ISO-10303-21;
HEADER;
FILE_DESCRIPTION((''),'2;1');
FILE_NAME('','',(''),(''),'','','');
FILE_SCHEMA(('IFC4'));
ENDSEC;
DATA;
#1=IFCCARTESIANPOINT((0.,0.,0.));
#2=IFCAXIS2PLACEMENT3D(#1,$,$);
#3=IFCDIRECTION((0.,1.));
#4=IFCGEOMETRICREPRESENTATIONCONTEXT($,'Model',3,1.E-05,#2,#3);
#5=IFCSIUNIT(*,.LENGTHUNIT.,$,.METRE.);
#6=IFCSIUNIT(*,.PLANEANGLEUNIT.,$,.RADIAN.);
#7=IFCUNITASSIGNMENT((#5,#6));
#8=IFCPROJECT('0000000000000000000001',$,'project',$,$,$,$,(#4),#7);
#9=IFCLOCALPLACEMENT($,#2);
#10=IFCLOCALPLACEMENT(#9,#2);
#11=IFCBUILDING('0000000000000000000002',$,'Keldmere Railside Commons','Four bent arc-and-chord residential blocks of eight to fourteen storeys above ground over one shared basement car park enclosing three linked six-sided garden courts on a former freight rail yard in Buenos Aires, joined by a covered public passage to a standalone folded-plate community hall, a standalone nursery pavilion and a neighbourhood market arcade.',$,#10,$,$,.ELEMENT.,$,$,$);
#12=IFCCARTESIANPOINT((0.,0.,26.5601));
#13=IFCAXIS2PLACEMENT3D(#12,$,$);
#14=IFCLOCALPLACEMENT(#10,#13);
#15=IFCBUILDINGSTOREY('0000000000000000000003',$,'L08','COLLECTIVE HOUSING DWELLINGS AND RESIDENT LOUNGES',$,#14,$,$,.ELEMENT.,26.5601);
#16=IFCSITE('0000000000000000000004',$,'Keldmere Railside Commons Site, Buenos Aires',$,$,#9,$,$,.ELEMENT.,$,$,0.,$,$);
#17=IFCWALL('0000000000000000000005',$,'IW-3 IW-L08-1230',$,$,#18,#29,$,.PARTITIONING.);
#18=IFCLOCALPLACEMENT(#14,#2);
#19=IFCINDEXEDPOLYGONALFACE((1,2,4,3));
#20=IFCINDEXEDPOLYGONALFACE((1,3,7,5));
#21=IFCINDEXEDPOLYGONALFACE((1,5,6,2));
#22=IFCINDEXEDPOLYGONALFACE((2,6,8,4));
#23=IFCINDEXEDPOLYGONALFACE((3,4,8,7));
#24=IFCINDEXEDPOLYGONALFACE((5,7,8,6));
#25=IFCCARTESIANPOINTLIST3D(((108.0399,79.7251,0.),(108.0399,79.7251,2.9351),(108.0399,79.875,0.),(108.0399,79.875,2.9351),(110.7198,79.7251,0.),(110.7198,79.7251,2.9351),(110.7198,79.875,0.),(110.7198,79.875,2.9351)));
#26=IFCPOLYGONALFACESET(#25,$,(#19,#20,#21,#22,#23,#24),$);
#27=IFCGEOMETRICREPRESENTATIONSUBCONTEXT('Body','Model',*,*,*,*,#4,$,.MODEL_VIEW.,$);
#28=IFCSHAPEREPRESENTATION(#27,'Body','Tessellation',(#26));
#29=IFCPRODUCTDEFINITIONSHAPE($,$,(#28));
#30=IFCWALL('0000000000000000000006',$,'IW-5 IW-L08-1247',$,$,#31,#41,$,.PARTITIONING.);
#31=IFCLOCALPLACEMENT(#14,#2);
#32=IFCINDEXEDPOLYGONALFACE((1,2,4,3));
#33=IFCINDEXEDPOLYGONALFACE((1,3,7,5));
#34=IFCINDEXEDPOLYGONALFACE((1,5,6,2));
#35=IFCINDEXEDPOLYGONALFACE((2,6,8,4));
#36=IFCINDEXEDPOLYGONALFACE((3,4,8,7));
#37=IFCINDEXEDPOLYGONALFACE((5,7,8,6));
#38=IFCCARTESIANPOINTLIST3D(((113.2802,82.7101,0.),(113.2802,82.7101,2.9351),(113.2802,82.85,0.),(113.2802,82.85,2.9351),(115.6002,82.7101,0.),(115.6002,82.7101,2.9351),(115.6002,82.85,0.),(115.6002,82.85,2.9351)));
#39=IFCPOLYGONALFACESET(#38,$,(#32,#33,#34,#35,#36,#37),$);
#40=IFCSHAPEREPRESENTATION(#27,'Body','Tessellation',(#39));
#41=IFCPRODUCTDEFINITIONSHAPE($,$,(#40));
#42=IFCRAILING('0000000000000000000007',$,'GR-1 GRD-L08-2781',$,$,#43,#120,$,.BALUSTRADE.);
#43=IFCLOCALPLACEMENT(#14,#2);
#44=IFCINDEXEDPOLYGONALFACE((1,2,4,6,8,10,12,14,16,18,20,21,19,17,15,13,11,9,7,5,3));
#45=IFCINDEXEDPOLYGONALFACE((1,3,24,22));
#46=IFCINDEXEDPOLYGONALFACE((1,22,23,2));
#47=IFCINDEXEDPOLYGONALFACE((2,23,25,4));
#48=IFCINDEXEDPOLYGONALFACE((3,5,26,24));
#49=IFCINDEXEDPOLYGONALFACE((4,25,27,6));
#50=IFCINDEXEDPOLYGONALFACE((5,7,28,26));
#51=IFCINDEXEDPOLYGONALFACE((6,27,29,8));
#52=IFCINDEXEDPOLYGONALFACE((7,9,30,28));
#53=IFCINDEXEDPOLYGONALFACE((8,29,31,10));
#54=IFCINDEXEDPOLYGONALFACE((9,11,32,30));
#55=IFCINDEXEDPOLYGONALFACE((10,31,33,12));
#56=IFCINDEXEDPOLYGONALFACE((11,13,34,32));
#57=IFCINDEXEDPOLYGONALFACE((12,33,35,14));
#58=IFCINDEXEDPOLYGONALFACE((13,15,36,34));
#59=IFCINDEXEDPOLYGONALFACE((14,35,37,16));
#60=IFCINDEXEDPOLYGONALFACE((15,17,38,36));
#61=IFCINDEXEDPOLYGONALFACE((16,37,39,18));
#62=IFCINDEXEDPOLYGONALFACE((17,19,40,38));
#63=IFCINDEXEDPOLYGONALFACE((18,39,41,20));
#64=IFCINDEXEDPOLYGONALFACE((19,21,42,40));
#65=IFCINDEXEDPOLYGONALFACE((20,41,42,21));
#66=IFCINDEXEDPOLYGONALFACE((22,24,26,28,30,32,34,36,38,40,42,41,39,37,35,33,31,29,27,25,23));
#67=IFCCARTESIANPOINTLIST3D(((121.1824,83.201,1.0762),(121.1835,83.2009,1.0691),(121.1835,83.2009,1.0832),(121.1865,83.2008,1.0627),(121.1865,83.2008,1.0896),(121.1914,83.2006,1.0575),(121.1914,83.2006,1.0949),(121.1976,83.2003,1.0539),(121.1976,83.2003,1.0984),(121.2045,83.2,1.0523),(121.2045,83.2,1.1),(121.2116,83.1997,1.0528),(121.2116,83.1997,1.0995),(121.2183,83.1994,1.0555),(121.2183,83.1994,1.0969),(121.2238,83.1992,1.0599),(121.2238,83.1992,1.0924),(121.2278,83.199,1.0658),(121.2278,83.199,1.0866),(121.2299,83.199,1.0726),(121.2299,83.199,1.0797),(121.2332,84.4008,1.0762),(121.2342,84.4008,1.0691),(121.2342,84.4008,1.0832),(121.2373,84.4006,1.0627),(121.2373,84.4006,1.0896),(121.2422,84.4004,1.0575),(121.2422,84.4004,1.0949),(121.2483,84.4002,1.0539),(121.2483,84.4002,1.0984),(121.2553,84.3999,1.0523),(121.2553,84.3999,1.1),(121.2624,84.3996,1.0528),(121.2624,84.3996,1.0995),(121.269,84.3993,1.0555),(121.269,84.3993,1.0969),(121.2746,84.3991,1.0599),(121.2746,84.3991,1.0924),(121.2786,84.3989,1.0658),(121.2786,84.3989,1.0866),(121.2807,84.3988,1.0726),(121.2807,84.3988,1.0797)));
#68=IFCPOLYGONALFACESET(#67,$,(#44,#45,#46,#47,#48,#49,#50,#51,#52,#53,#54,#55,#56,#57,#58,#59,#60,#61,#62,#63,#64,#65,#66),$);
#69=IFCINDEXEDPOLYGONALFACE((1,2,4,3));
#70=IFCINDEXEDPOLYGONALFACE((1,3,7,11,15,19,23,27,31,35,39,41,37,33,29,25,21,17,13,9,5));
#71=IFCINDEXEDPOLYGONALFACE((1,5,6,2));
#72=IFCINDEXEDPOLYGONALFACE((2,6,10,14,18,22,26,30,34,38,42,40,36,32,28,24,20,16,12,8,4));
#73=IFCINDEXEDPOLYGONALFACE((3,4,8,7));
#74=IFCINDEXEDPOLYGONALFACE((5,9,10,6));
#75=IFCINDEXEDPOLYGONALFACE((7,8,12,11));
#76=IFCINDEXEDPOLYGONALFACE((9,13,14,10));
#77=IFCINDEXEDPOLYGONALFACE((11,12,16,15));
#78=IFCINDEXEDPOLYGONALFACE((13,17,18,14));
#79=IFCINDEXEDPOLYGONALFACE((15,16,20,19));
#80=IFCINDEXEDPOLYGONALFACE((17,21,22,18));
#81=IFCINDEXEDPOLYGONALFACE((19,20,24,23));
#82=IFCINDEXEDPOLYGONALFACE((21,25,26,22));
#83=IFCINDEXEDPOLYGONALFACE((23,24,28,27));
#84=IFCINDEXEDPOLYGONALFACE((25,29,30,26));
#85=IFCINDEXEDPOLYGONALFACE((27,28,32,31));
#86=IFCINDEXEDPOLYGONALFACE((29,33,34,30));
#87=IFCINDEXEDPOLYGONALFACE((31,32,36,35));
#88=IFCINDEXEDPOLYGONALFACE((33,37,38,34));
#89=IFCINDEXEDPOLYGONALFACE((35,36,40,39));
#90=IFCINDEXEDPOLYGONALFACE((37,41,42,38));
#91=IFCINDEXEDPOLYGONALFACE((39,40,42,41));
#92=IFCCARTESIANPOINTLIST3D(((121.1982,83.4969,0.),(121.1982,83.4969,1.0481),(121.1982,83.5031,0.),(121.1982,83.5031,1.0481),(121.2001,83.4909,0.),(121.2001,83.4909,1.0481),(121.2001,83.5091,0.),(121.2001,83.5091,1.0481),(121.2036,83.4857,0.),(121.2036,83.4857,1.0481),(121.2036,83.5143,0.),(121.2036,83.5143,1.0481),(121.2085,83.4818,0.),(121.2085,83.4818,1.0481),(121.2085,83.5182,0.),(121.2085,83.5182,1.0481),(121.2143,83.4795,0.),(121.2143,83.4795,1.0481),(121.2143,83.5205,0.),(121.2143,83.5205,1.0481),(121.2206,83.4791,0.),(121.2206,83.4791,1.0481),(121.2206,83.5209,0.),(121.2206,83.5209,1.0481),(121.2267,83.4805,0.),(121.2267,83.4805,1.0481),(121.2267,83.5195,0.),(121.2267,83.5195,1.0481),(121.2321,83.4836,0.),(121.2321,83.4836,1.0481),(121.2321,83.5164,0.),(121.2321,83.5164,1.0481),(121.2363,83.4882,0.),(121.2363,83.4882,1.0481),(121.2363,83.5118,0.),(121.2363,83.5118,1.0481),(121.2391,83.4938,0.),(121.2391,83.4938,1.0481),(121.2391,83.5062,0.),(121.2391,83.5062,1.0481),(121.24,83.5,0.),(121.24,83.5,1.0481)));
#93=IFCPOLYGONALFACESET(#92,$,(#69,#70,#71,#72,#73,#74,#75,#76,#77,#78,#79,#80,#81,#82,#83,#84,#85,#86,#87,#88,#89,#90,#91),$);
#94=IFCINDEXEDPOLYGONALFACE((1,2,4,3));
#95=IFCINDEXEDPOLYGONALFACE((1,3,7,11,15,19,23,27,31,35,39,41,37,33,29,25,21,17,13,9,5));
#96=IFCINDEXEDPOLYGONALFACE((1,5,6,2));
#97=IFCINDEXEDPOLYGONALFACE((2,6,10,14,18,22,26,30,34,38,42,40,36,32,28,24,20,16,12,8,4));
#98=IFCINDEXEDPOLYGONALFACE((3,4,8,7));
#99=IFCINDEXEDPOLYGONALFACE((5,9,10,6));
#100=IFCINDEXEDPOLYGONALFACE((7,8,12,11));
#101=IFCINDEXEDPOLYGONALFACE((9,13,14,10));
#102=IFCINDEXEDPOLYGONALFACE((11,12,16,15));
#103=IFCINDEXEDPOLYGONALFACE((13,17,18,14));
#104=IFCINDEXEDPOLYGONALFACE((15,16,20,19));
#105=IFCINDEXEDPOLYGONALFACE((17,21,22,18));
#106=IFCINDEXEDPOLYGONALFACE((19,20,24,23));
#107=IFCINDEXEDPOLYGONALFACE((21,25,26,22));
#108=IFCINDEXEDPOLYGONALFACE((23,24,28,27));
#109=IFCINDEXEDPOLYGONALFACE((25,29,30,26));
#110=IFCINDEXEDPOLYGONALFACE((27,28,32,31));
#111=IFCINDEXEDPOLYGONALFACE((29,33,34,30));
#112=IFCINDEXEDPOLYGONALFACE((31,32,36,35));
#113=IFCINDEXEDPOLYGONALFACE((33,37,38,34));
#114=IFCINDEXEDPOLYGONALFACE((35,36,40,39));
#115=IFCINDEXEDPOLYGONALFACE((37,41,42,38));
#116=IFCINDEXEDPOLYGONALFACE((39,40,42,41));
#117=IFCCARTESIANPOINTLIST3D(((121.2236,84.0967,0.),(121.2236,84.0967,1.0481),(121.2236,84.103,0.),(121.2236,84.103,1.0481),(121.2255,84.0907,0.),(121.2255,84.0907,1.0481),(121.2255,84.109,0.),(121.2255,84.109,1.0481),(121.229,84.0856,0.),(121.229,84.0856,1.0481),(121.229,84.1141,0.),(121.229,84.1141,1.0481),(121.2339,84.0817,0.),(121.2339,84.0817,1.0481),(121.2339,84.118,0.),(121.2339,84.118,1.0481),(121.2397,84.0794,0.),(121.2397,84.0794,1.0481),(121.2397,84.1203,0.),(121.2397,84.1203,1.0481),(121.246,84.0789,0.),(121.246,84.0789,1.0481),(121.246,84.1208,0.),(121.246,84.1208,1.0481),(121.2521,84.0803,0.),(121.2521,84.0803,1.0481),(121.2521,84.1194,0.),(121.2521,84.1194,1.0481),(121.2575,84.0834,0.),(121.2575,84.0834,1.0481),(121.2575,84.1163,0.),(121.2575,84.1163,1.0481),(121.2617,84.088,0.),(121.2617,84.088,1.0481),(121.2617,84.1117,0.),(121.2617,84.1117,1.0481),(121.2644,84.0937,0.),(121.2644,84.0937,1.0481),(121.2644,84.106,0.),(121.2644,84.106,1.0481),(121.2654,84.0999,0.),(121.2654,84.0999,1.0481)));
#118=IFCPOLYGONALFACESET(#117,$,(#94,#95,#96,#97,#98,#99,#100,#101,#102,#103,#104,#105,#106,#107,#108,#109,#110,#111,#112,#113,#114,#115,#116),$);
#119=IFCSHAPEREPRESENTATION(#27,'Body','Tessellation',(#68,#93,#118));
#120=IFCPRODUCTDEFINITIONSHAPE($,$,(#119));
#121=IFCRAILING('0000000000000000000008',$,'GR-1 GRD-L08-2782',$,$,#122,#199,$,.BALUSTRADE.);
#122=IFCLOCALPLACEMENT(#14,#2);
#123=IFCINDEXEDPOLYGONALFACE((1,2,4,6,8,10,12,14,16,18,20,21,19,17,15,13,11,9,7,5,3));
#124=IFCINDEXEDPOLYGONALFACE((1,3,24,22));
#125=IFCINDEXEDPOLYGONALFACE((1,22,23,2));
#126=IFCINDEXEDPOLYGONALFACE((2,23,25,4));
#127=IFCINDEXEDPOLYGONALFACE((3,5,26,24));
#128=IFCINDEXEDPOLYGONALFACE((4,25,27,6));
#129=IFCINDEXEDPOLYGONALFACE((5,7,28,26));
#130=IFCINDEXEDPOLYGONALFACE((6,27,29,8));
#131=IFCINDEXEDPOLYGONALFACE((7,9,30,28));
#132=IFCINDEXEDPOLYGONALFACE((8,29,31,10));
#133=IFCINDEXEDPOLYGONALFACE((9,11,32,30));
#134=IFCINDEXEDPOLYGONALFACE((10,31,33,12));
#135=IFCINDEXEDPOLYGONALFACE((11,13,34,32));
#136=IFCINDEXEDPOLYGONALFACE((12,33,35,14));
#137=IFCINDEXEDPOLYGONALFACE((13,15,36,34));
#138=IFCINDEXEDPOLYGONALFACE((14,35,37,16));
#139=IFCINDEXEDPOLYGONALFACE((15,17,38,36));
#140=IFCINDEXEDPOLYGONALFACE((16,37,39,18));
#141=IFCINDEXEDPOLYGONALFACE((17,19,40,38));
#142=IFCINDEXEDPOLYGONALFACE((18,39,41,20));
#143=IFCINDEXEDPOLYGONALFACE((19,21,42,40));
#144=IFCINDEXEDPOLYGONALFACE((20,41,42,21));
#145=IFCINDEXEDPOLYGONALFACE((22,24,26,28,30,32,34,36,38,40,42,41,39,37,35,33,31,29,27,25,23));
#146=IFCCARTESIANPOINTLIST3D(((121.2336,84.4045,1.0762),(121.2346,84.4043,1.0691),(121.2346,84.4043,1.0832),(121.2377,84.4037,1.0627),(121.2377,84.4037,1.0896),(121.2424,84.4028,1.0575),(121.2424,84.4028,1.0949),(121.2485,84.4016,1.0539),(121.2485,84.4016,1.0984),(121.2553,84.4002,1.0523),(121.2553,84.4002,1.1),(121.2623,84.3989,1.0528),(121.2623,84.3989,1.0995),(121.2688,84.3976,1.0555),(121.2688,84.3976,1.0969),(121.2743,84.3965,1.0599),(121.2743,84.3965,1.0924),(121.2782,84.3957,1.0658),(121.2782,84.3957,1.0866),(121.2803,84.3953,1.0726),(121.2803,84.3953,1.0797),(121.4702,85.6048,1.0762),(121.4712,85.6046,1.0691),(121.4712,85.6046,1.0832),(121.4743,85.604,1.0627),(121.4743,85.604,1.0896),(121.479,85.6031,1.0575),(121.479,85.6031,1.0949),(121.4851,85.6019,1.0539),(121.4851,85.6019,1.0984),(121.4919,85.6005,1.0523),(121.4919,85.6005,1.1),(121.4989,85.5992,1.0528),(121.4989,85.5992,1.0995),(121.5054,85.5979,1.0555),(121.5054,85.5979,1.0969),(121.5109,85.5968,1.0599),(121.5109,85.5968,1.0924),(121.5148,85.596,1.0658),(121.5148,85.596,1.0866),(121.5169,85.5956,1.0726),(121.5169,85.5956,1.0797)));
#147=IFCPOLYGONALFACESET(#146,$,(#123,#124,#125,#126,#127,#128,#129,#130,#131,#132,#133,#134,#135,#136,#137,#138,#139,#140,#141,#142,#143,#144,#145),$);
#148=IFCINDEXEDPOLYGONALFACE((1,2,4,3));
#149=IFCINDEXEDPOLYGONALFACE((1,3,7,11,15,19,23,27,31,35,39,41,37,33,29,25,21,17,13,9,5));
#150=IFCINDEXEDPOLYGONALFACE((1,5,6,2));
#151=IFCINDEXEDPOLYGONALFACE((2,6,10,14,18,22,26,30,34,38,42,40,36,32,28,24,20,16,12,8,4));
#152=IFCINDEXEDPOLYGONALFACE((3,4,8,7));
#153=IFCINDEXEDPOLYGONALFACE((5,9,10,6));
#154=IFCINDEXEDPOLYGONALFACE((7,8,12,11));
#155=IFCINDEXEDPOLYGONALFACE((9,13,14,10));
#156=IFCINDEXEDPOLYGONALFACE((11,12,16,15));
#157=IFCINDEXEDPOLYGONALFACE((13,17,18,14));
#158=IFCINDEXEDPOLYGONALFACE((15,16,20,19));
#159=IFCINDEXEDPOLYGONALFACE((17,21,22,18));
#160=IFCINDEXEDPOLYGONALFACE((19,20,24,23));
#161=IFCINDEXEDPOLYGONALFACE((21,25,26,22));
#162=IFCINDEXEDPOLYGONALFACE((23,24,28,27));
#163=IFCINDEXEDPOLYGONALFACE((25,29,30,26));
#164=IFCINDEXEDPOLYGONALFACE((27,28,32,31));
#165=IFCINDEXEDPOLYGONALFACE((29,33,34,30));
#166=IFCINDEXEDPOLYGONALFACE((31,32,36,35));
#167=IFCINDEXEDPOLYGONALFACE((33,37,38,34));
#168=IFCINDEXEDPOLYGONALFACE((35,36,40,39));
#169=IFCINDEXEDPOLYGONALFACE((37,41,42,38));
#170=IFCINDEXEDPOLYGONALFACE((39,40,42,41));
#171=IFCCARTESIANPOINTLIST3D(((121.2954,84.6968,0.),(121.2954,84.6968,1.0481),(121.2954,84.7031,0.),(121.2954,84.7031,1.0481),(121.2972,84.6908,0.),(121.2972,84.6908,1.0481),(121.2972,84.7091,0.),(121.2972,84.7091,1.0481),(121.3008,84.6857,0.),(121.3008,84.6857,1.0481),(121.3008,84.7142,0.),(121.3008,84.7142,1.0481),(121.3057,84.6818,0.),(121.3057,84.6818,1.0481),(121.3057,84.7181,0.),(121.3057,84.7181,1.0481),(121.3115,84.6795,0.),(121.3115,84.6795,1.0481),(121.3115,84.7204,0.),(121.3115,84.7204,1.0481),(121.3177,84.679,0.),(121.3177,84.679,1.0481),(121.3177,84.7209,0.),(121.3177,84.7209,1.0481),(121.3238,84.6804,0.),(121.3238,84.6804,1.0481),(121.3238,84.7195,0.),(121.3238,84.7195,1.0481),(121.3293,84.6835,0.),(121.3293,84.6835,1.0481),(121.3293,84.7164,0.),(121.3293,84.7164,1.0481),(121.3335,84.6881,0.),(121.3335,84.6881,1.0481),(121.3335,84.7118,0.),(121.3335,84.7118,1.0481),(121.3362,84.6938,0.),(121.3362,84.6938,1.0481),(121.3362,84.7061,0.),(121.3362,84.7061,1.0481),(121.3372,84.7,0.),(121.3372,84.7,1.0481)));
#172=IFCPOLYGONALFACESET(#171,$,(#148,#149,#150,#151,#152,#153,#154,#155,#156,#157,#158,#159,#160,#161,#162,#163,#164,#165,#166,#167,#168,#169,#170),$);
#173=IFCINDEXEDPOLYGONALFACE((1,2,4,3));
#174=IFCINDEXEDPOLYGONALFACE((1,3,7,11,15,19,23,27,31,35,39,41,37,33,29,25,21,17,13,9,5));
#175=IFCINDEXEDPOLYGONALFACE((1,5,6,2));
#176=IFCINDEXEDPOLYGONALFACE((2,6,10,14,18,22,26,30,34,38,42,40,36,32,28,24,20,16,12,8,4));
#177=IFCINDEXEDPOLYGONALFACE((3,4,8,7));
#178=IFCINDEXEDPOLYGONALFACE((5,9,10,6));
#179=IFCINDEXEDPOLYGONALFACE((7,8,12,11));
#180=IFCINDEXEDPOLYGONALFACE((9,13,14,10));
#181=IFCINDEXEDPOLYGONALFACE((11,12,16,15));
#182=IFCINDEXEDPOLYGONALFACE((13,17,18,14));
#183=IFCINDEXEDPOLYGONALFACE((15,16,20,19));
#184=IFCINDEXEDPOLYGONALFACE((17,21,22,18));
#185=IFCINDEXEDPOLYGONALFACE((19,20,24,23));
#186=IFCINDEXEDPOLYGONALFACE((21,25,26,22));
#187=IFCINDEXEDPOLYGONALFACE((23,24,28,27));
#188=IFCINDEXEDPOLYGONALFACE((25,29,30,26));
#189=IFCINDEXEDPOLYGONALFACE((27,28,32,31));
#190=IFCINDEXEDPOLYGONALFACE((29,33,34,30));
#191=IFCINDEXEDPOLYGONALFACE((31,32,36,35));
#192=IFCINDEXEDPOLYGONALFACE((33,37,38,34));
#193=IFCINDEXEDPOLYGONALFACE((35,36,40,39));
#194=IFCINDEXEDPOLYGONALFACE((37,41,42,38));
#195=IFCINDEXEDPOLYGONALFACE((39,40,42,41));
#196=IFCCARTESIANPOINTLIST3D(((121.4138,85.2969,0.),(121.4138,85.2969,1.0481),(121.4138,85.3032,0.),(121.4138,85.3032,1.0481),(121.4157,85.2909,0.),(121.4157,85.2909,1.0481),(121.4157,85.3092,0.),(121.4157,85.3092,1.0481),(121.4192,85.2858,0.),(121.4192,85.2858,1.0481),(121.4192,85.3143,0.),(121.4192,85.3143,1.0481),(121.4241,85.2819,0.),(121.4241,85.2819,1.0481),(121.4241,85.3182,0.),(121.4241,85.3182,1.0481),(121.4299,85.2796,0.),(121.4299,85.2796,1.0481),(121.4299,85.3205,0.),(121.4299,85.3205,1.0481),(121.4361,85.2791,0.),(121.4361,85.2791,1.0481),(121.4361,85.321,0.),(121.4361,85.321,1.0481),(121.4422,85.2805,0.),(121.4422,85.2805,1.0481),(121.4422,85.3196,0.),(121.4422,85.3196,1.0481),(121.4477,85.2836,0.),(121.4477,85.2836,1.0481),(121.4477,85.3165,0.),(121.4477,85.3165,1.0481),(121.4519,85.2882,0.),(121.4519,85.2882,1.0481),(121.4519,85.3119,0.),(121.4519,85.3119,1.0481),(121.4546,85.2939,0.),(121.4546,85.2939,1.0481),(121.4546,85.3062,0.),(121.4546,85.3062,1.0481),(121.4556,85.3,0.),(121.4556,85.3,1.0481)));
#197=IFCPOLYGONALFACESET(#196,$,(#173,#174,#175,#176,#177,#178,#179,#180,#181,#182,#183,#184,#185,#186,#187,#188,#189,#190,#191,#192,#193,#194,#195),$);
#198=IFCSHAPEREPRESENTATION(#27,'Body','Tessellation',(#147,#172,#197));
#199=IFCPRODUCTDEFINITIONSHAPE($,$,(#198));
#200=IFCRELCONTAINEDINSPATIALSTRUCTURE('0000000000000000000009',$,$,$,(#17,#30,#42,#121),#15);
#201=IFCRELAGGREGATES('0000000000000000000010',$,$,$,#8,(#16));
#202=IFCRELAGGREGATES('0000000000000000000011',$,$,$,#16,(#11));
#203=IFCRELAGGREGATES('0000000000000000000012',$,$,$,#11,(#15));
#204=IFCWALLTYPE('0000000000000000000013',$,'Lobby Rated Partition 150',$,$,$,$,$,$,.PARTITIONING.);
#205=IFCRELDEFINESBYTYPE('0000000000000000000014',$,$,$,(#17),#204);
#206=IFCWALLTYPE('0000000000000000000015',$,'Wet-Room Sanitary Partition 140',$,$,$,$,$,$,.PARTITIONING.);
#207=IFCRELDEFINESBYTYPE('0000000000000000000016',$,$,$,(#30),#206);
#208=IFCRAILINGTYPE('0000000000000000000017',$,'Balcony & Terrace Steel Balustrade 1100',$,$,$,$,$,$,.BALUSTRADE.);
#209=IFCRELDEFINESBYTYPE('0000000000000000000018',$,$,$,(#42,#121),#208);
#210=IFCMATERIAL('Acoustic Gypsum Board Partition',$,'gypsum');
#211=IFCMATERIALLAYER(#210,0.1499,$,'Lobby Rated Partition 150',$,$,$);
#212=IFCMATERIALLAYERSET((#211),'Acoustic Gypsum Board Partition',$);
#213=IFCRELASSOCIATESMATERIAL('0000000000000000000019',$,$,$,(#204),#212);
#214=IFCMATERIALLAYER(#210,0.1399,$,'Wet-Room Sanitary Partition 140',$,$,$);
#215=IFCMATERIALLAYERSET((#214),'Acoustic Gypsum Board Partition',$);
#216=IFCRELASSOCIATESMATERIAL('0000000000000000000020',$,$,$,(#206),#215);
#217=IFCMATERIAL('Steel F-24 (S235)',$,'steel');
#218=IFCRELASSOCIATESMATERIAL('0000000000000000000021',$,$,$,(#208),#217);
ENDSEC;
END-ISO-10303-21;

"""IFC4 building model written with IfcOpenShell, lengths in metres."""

from ifc_helpers import new_model, si_unit, direction, frame, frame_2d, origin, origin_2d, place, context, subcontext, project, spatial, rectangle, circle, extrude, material, layer, layer_set, type_object, element, save


model = new_model("IFC4")

# Units and contexts
model_context = context("Model", 3, precision=1e-05, world=origin(), true_north=direction((0.0, 1.0)))
body_context = subcontext(model_context, "Body", "Model", "MODEL_VIEW")
ifc_project = project(units=[si_unit("LENGTHUNIT", "METRE"), si_unit("PLANEANGLEUNIT", "RADIAN")], contexts=[model_context])

# Site, building, storey
site_placement = place(None, origin())
site = spatial("IfcSite", under=ifc_project, at=site_placement, Name="Keldmere Railside Commons Site, Buenos Aires", CompositionType="ELEMENT", RefElevation=0.0)
building_placement = place(site_placement, origin())
building = spatial("IfcBuilding", under=site, at=building_placement, Name="Keldmere Railside Commons", Description="Four bent arc-and-chord residential blocks of eight to fourteen storeys above ground over one shared basement car park enclosing three linked six-sided garden courts on a former freight rail yard in Buenos Aires, joined by a covered public passage to a standalone folded-plate community hall, a standalone nursery pavilion and a neighbourhood market arcade.", CompositionType="ELEMENT")
storey_placement = place(building_placement, frame((0.0, 0.0, 26.5601)))
storey = spatial("IfcBuildingStorey", under=building, at=storey_placement, Name="L08", Description="COLLECTIVE HOUSING DWELLINGS AND RESIDENT LOUNGES", CompositionType="ELEMENT", Elevation=26.5601)

# Shared definitions
ifc_material_1 = material(Name="Acoustic Gypsum Board Partition", Category="gypsum")

# Shared definitions
ifc_material_2 = material(Name="Steel F-24 (S235)", Category="steel")

# Walls
ifc_layer_1 = layer(ifc_material_1, 0.1499, Name="Lobby Rated Partition 150")
ifc_layer_set_1 = layer_set([ifc_layer_1], Name="Acoustic Gypsum Board Partition")
wall_type_1 = type_object("IfcWallType", Name="Lobby Rated Partition 150", PredefinedType="PARTITIONING", material=ifc_layer_set_1)
wall_1_placement = place(storey_placement, frame((108.04, 79.8, 0.0), z_axis=(0.0, 0.0, 1.0), x_axis=(1.0, 0.0, 0.0)))
element("IfcWall", 1, at=wall_1_placement, inside=storey, type_object=wall_type_1, Name="IW-3 IW-L08-1230", PredefinedType="PARTITIONING", context=body_context, shape_type="SweptSolid", body=[
    extrude(rectangle(XDim=2.6799, YDim=0.1499, at=frame_2d((1.3398, 0.0))), origin(), (0.0, 0.0, 1.0), 2.9351),
])
ifc_layer_2 = layer(ifc_material_1, 0.1399, Name="Wet-Room Sanitary Partition 140")
ifc_layer_set_2 = layer_set([ifc_layer_2], Name="Acoustic Gypsum Board Partition")
wall_type_2 = type_object("IfcWallType", Name="Wet-Room Sanitary Partition 140", PredefinedType="PARTITIONING", material=ifc_layer_set_2)
wall_2_placement = place(storey_placement, frame((113.28, 82.78, 0.0), z_axis=(0.0, 0.0, 1.0), x_axis=(1.0, 0.0, 0.0)))
element("IfcWall", 2, at=wall_2_placement, inside=storey, type_object=wall_type_2, Name="IW-5 IW-L08-1247", PredefinedType="PARTITIONING", context=body_context, shape_type="SweptSolid", body=[
    extrude(rectangle(XDim=2.3201, YDim=0.1399, at=frame_2d((1.1602, 0.0))), origin(), (0.0, 0.0, 1.0), 2.9351),
])

# Railings
railing_type = type_object("IfcRailingType", Name="Balcony & Terrace Steel Balustrade 1100", PredefinedType="BALUSTRADE", material=ifc_material_2)
railing_1_placement = place(storey_placement, frame((121.2063, 83.2, 0.0)))
element("IfcRailing", 3, at=railing_1_placement, inside=storey, type_object=railing_type, Name="GR-1 GRD-L08-2781", PredefinedType="BALUSTRADE", context=body_context, shape_type="SweptSolid", body=[
    extrude(circle(Radius=0.0239, at=origin_2d()), frame((0.0, 0.0, 1.0762), z_axis=(0.042282, 0.999106, 0.0), x_axis=(-0.999106, 0.042282, 0.0)), (0.0, 0.0, 1.0), 1.2009),
    extrude(circle(Radius=0.021, at=origin_2d()), frame((0.0127, 0.3, 0.0)), (0.0, 0.0, 1.0), 1.0481),
    extrude(circle(Radius=0.021, at=origin_2d()), frame((0.0381, 0.8999, 0.0)), (0.0, 0.0, 1.0), 1.0481),
])
railing_2_placement = place(storey_placement, frame((121.2571, 84.3999, 0.0)))
element("IfcRailing", 4, at=railing_2_placement, inside=storey, type_object=railing_type, Name="GR-1 GRD-L08-2782", PredefinedType="BALUSTRADE", context=body_context, shape_type="SweptSolid", body=[
    extrude(circle(Radius=0.0239, at=origin_2d()), frame((0.0, 0.0, 1.0762), z_axis=(0.19339, 0.981122, 0.0), x_axis=(-0.981122, 0.19339, 0.0)), (0.0, 0.0, 1.0), 1.2234),
    extrude(circle(Radius=0.021, at=origin_2d()), frame((0.0591, 0.3, 0.0)), (0.0, 0.0, 1.0), 1.0481),
    extrude(circle(Radius=0.021, at=origin_2d()), frame((0.1775, 0.9001, 0.0)), (0.0, 0.0, 1.0), 1.0481),
])

save(model, "model.ifc")
